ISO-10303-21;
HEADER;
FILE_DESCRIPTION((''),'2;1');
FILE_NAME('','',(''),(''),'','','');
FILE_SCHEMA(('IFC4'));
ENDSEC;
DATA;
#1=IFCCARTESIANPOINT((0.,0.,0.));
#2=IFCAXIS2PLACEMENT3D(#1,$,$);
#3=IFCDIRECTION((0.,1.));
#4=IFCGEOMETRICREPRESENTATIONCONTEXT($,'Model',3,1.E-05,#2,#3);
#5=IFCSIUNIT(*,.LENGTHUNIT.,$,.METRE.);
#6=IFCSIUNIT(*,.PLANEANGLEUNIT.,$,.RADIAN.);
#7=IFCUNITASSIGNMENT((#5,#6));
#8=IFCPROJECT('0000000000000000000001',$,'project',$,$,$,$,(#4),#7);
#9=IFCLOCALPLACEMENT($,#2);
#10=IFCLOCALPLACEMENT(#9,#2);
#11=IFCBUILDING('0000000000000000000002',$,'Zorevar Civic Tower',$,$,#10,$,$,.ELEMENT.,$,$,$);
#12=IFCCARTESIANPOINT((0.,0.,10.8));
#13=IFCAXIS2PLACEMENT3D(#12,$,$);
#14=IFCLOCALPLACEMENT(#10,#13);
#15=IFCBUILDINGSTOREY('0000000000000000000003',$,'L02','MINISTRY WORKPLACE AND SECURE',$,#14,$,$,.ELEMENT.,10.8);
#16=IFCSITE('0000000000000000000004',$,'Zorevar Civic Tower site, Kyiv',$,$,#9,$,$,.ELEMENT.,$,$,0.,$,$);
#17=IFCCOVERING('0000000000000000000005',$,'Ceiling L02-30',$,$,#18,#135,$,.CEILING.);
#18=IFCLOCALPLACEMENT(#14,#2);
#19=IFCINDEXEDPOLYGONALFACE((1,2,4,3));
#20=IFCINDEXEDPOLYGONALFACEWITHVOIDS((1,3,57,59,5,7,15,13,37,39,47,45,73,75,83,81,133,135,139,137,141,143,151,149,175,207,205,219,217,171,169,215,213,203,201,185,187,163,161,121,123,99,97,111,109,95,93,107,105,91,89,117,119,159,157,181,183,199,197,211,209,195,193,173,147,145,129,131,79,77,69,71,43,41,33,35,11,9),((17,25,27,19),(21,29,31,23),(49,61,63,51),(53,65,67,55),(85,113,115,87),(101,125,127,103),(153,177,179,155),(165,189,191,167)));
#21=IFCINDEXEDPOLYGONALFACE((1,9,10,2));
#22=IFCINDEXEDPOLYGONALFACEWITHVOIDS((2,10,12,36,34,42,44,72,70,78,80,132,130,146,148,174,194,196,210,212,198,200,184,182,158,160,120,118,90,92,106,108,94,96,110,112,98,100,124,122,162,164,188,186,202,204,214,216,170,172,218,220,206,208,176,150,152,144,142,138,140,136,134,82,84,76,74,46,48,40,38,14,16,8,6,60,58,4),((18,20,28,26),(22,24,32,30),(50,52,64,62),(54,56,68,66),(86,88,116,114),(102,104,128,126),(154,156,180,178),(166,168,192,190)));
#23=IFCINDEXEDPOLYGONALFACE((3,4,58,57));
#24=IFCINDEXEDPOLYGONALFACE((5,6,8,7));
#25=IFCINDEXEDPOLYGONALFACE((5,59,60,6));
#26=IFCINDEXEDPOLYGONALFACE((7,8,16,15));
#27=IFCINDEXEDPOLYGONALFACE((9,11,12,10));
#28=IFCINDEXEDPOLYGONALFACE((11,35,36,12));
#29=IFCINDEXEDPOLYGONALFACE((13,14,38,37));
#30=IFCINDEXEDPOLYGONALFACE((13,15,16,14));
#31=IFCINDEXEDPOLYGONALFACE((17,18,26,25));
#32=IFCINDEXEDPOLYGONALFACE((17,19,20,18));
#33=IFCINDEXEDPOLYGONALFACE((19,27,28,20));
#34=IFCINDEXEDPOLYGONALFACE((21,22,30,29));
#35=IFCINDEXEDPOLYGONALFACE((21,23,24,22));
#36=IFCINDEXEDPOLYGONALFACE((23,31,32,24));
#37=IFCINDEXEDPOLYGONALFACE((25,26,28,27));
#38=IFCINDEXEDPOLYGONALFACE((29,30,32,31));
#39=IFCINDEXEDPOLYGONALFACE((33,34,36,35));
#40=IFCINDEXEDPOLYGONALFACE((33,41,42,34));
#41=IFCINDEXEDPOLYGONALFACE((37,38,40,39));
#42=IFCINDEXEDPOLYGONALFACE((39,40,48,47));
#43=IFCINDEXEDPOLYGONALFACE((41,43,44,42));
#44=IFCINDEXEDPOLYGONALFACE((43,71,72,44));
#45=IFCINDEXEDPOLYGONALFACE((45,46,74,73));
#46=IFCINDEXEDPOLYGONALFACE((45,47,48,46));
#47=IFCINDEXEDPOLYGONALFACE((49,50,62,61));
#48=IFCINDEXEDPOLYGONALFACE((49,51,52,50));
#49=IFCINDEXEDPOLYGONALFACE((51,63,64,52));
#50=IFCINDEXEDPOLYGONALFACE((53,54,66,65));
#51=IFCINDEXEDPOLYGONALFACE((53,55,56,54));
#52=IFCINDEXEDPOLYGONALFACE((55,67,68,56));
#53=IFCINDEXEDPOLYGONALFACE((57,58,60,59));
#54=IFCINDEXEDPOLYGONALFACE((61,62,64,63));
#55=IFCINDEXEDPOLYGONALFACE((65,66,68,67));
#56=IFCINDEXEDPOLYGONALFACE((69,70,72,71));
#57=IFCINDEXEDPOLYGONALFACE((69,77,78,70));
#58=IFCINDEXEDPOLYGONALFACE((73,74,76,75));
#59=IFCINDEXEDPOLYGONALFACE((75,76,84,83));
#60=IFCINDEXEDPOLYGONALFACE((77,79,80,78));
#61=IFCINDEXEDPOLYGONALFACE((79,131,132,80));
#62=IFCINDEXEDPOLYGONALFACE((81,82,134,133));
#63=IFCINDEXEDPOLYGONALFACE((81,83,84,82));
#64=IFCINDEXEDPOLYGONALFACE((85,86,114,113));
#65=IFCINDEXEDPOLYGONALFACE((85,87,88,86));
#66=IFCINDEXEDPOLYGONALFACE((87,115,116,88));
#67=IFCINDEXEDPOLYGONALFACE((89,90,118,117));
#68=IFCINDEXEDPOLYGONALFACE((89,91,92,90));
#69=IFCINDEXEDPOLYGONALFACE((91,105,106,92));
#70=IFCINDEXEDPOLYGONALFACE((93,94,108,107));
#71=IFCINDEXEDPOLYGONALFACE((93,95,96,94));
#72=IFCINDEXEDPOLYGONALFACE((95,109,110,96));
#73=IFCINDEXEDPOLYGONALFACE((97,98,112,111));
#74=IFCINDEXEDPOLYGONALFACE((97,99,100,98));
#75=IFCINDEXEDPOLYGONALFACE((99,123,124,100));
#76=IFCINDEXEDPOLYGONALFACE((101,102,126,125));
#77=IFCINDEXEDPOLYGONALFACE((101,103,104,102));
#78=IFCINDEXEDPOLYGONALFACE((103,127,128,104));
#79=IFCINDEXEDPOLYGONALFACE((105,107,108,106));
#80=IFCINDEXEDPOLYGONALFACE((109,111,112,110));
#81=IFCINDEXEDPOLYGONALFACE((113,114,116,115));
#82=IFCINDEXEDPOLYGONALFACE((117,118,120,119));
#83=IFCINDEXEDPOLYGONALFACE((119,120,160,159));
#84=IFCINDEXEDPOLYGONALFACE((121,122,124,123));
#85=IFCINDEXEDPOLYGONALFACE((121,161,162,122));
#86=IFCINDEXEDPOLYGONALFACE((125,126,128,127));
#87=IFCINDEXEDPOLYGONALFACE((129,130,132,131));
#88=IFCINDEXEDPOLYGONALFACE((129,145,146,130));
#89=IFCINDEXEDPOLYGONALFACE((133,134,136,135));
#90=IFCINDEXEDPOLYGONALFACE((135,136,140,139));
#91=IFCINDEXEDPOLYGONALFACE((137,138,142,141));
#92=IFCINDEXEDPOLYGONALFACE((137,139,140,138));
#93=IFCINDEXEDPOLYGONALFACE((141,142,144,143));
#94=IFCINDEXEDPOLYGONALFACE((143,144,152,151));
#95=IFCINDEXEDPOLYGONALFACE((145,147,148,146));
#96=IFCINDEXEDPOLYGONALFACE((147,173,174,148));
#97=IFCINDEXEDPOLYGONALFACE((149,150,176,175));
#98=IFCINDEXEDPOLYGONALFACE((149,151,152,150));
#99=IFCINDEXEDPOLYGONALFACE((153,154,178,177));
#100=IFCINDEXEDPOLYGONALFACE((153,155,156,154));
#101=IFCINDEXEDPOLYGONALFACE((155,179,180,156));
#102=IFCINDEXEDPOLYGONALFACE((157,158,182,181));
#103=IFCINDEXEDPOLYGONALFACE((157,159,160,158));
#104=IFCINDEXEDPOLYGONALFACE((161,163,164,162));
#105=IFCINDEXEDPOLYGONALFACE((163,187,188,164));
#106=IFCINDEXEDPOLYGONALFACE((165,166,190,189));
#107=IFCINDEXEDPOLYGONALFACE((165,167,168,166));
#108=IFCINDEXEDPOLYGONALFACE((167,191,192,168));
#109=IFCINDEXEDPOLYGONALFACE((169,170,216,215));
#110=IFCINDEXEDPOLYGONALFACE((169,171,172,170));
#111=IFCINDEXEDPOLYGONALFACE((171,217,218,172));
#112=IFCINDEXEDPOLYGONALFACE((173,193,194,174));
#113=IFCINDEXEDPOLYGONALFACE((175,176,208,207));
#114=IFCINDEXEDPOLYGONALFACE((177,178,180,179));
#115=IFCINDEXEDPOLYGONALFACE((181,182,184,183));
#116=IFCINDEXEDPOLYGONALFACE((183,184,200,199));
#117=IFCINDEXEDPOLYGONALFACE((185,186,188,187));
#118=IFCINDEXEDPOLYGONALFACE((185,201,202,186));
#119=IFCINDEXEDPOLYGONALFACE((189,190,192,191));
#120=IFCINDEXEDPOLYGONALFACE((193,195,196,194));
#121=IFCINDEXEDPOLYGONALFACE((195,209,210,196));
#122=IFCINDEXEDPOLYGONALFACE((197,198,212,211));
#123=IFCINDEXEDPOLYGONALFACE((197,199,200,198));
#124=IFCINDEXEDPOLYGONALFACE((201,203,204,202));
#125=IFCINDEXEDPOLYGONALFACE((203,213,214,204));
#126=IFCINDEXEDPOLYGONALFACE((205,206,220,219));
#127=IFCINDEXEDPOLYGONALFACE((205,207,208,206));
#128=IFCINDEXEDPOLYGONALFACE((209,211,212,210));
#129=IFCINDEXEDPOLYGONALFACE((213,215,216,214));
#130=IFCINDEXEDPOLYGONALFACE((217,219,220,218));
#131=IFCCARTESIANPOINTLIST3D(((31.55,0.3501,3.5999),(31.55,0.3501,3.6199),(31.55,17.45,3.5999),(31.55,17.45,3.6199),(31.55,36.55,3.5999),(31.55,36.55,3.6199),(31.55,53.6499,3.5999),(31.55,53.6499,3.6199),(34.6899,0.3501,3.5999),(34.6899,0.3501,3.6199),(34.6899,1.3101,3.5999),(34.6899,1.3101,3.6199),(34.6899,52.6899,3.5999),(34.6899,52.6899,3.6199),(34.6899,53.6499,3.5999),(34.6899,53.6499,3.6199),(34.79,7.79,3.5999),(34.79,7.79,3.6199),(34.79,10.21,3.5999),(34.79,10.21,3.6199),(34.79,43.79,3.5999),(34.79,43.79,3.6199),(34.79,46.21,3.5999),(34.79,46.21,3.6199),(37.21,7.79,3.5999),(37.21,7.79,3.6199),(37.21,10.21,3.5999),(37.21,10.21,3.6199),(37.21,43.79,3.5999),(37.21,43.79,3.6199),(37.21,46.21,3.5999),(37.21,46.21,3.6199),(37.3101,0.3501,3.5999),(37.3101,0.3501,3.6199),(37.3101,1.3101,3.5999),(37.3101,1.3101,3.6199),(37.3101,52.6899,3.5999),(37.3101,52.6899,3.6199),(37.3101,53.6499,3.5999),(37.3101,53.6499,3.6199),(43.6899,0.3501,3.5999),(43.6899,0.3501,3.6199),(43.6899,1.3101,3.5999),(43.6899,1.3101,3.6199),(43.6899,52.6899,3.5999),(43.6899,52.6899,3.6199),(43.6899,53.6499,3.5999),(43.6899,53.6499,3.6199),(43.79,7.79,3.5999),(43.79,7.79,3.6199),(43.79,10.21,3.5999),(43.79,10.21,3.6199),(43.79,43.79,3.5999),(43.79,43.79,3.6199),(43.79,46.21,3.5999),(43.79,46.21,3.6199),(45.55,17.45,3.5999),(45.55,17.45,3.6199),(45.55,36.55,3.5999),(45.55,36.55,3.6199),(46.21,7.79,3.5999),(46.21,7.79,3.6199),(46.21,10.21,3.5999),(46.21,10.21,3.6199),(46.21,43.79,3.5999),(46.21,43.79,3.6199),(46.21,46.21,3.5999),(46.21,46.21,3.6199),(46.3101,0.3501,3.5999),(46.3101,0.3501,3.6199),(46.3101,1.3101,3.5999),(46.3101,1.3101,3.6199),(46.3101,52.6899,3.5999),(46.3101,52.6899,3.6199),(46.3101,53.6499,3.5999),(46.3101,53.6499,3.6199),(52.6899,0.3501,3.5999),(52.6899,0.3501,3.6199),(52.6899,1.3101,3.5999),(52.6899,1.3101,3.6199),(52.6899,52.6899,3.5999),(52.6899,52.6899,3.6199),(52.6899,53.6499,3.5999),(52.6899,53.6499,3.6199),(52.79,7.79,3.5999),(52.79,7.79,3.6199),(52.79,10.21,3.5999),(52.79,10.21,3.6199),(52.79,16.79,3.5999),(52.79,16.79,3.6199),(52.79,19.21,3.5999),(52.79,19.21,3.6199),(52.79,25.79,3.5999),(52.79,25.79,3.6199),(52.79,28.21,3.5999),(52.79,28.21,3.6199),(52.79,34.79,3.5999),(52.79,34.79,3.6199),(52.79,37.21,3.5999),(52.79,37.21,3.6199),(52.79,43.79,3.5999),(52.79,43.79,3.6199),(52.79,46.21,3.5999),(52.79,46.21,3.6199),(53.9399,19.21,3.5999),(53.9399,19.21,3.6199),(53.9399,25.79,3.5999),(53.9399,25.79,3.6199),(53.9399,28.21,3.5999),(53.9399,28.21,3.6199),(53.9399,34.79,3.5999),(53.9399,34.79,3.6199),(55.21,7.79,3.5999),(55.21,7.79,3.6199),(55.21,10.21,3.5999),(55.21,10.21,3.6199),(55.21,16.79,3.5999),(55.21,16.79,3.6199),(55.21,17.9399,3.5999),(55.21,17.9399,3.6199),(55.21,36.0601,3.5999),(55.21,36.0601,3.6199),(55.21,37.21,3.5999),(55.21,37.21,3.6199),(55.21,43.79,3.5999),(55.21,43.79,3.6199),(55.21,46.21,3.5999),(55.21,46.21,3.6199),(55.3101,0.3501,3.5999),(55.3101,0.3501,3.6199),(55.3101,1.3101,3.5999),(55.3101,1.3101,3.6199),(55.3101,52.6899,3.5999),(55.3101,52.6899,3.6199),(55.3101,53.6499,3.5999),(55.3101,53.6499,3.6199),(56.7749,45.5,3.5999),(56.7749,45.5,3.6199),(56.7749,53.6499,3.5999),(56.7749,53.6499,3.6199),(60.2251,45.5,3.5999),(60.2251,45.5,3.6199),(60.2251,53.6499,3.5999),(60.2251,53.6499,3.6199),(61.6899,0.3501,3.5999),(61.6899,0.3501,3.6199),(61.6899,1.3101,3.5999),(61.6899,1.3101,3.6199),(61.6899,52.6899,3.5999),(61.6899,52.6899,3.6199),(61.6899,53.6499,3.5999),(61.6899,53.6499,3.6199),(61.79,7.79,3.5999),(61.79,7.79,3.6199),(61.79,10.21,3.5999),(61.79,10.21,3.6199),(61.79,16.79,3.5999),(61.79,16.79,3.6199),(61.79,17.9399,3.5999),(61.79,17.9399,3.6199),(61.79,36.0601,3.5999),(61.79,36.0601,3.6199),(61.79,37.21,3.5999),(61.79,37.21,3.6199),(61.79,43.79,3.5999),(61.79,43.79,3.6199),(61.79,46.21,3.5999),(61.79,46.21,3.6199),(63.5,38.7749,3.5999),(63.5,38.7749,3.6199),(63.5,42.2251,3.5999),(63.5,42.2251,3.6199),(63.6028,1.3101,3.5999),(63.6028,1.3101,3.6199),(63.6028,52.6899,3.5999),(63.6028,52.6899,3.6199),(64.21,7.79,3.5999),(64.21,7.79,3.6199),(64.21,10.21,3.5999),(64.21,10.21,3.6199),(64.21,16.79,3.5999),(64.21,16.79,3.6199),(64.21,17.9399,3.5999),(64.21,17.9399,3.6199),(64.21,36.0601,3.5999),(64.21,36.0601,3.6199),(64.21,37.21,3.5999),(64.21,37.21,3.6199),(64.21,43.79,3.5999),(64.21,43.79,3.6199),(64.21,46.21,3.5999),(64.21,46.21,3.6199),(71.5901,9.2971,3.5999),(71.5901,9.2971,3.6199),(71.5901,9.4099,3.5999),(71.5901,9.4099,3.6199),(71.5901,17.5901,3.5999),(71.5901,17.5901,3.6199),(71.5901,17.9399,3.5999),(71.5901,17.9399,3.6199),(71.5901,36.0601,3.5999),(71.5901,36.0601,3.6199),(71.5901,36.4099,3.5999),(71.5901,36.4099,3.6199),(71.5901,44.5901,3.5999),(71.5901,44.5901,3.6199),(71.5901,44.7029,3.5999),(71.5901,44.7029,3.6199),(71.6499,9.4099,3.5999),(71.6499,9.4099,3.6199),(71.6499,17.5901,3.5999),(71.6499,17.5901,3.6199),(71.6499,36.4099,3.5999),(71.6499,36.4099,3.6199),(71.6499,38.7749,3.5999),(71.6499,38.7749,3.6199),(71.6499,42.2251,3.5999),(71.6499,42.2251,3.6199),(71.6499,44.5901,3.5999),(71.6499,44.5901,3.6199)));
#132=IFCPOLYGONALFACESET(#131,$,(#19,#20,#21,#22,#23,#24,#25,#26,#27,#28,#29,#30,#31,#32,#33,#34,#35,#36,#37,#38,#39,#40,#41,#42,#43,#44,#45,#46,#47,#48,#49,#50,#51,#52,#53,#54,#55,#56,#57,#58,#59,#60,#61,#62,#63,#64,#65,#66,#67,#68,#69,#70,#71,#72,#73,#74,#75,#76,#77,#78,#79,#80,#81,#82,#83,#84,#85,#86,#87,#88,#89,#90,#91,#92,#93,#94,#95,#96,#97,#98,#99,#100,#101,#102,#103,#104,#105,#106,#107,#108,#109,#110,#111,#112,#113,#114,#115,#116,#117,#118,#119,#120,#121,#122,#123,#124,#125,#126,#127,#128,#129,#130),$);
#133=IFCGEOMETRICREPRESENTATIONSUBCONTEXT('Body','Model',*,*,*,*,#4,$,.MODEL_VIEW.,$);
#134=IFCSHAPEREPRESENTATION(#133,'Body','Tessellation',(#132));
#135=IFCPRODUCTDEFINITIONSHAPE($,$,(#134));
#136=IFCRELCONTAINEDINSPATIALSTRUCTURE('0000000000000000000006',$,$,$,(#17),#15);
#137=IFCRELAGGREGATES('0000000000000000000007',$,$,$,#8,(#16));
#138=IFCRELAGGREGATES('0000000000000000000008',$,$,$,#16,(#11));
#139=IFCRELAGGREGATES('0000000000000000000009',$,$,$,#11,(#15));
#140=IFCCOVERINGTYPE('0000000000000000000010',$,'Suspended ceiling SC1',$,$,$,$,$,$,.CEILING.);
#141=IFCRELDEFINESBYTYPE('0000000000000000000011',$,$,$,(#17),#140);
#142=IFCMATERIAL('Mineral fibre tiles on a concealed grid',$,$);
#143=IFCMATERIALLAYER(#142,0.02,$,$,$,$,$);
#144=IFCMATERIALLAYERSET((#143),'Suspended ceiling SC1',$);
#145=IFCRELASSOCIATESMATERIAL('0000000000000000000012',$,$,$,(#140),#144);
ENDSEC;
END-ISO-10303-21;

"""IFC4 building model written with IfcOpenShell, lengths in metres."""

from ifc_helpers import new_model, si_unit, direction, frame, origin, place, context, subcontext, project, spatial, polyline, outline, extrude, material, layer, layer_set, type_object, element, save


model = new_model("IFC4")

# Units and contexts
model_context = context("Model", 3, precision=1e-05, world=origin(), true_north=direction((0.0, 1.0)))
body_context = subcontext(model_context, "Body", "Model", "MODEL_VIEW")
ifc_project = project(units=[si_unit("LENGTHUNIT", "METRE"), si_unit("PLANEANGLEUNIT", "RADIAN")], contexts=[model_context])

# Site, building, storey
site_placement = place(None, origin())
site = spatial("IfcSite", under=ifc_project, at=site_placement, Name="Zorevar Civic Tower site, Kyiv", CompositionType="ELEMENT", RefElevation=0.0)
building_placement = place(site_placement, origin())
building = spatial("IfcBuilding", under=site, at=building_placement, Name="Zorevar Civic Tower", CompositionType="ELEMENT")
storey_placement = place(building_placement, frame((0.0, 0.0, 10.8)))
storey = spatial("IfcBuildingStorey", under=building, at=storey_placement, Name="L02", Description="MINISTRY WORKPLACE AND SECURE", CompositionType="ELEMENT", Elevation=10.8)

# Covering
ifc_material_1 = material(Name="Mineral fibre tiles on a concealed grid")
ifc_layer_1 = layer(ifc_material_1, 0.02)
ifc_layer_set_1 = layer_set([ifc_layer_1], Name="Suspended ceiling SC1")
covering_type_1 = type_object("IfcCoveringType", Name="Suspended ceiling SC1", PredefinedType="CEILING", material=ifc_layer_set_1)
covering_1_placement = place(storey_placement, frame((0.0, 0.0, 3.5999)))
element("IfcCovering", 1, at=covering_1_placement, inside=storey, type_object=covering_type_1, Name="Ceiling L02-30", PredefinedType="CEILING", context=body_context, shape_type="SweptSolid", body=[
    extrude(outline(polyline([(61.6899, 0.3501), (55.3101, 0.3501), (55.3101, 1.3101), (52.6899, 1.3101), (52.6899, 0.3501), (46.3101, 0.3501), (46.3101, 1.3101), (43.6899, 1.3101), (43.6899, 0.3501), (37.3101, 0.3501), (37.3101, 1.3101), (34.6899, 1.3101), (34.6899, 0.3501), (31.55, 0.3501), (31.55, 17.45), (45.55, 17.45), (45.55, 36.55), (31.55, 36.55), (31.55, 53.6499), (34.6899, 53.6499), (34.6899, 52.6899), (37.3101, 52.6899), (37.3101, 53.6499), (43.6899, 53.6499), (43.6899, 52.6899), (46.3101, 52.6899), (46.3101, 53.6499), (52.6899, 53.6499), (52.6899, 52.6899), (55.3101, 52.6899), (55.3101, 53.6499), (56.7749, 53.6499), (56.7749, 45.5), (60.2251, 45.5), (60.2251, 53.6499), (61.6899, 53.6499), (61.6899, 52.6899), (63.6028, 52.6899), (71.5901, 44.7029), (71.5901, 44.5901), (71.6499, 44.5901), (71.6499, 42.2251), (63.5, 42.2251), (63.5, 38.7749), (71.6499, 38.7749), (71.6499, 36.4099), (71.5901, 36.4099), (71.5901, 36.0601), (64.21, 36.0601), (64.21, 37.21), (61.79, 37.21), (61.79, 36.0601), (55.21, 36.0601), (55.21, 37.21), (52.79, 37.21), (52.79, 34.79), (53.9399, 34.79), (53.9399, 28.21), (52.79, 28.21), (52.79, 25.79), (53.9399, 25.79), (53.9399, 19.21), (52.79, 19.21), (52.79, 16.79), (55.21, 16.79), (55.21, 17.9399), (61.79, 17.9399), (61.79, 16.79), (64.21, 16.79), (64.21, 17.9399), (71.5901, 17.9399), (71.5901, 17.5901), (71.6499, 17.5901), (71.6499, 9.4099), (71.5901, 9.4099), (71.5901, 9.2971), (63.6028, 1.3101), (61.6899, 1.3101), (61.6899, 0.3501)]), holes=[polyline([(34.79, 10.21), (34.79, 7.79), (37.21, 7.79), (37.21, 10.21), (34.79, 10.21)]), polyline([(37.21, 46.21), (34.79, 46.21), (34.79, 43.79), (37.21, 43.79), (37.21, 46.21)]), polyline([(43.79, 10.21), (43.79, 7.79), (46.21, 7.79), (46.21, 10.21), (43.79, 10.21)]), polyline([(46.21, 46.21), (43.79, 46.21), (43.79, 43.79), (46.21, 43.79), (46.21, 46.21)]), polyline([(52.79, 10.21), (52.79, 7.79), (55.21, 7.79), (55.21, 10.21), (52.79, 10.21)]), polyline([(52.79, 46.21), (52.79, 43.79), (55.21, 43.79), (55.21, 46.21), (52.79, 46.21)]), polyline([(61.79, 7.79), (64.21, 7.79), (64.21, 10.21), (61.79, 10.21), (61.79, 7.79)]), polyline([(64.21, 43.79), (64.21, 46.21), (61.79, 46.21), (61.79, 43.79), (64.21, 43.79)])]), origin(), (0.0, 0.0, 1.0), 0.02),
])

save(model, "model.ifc")
